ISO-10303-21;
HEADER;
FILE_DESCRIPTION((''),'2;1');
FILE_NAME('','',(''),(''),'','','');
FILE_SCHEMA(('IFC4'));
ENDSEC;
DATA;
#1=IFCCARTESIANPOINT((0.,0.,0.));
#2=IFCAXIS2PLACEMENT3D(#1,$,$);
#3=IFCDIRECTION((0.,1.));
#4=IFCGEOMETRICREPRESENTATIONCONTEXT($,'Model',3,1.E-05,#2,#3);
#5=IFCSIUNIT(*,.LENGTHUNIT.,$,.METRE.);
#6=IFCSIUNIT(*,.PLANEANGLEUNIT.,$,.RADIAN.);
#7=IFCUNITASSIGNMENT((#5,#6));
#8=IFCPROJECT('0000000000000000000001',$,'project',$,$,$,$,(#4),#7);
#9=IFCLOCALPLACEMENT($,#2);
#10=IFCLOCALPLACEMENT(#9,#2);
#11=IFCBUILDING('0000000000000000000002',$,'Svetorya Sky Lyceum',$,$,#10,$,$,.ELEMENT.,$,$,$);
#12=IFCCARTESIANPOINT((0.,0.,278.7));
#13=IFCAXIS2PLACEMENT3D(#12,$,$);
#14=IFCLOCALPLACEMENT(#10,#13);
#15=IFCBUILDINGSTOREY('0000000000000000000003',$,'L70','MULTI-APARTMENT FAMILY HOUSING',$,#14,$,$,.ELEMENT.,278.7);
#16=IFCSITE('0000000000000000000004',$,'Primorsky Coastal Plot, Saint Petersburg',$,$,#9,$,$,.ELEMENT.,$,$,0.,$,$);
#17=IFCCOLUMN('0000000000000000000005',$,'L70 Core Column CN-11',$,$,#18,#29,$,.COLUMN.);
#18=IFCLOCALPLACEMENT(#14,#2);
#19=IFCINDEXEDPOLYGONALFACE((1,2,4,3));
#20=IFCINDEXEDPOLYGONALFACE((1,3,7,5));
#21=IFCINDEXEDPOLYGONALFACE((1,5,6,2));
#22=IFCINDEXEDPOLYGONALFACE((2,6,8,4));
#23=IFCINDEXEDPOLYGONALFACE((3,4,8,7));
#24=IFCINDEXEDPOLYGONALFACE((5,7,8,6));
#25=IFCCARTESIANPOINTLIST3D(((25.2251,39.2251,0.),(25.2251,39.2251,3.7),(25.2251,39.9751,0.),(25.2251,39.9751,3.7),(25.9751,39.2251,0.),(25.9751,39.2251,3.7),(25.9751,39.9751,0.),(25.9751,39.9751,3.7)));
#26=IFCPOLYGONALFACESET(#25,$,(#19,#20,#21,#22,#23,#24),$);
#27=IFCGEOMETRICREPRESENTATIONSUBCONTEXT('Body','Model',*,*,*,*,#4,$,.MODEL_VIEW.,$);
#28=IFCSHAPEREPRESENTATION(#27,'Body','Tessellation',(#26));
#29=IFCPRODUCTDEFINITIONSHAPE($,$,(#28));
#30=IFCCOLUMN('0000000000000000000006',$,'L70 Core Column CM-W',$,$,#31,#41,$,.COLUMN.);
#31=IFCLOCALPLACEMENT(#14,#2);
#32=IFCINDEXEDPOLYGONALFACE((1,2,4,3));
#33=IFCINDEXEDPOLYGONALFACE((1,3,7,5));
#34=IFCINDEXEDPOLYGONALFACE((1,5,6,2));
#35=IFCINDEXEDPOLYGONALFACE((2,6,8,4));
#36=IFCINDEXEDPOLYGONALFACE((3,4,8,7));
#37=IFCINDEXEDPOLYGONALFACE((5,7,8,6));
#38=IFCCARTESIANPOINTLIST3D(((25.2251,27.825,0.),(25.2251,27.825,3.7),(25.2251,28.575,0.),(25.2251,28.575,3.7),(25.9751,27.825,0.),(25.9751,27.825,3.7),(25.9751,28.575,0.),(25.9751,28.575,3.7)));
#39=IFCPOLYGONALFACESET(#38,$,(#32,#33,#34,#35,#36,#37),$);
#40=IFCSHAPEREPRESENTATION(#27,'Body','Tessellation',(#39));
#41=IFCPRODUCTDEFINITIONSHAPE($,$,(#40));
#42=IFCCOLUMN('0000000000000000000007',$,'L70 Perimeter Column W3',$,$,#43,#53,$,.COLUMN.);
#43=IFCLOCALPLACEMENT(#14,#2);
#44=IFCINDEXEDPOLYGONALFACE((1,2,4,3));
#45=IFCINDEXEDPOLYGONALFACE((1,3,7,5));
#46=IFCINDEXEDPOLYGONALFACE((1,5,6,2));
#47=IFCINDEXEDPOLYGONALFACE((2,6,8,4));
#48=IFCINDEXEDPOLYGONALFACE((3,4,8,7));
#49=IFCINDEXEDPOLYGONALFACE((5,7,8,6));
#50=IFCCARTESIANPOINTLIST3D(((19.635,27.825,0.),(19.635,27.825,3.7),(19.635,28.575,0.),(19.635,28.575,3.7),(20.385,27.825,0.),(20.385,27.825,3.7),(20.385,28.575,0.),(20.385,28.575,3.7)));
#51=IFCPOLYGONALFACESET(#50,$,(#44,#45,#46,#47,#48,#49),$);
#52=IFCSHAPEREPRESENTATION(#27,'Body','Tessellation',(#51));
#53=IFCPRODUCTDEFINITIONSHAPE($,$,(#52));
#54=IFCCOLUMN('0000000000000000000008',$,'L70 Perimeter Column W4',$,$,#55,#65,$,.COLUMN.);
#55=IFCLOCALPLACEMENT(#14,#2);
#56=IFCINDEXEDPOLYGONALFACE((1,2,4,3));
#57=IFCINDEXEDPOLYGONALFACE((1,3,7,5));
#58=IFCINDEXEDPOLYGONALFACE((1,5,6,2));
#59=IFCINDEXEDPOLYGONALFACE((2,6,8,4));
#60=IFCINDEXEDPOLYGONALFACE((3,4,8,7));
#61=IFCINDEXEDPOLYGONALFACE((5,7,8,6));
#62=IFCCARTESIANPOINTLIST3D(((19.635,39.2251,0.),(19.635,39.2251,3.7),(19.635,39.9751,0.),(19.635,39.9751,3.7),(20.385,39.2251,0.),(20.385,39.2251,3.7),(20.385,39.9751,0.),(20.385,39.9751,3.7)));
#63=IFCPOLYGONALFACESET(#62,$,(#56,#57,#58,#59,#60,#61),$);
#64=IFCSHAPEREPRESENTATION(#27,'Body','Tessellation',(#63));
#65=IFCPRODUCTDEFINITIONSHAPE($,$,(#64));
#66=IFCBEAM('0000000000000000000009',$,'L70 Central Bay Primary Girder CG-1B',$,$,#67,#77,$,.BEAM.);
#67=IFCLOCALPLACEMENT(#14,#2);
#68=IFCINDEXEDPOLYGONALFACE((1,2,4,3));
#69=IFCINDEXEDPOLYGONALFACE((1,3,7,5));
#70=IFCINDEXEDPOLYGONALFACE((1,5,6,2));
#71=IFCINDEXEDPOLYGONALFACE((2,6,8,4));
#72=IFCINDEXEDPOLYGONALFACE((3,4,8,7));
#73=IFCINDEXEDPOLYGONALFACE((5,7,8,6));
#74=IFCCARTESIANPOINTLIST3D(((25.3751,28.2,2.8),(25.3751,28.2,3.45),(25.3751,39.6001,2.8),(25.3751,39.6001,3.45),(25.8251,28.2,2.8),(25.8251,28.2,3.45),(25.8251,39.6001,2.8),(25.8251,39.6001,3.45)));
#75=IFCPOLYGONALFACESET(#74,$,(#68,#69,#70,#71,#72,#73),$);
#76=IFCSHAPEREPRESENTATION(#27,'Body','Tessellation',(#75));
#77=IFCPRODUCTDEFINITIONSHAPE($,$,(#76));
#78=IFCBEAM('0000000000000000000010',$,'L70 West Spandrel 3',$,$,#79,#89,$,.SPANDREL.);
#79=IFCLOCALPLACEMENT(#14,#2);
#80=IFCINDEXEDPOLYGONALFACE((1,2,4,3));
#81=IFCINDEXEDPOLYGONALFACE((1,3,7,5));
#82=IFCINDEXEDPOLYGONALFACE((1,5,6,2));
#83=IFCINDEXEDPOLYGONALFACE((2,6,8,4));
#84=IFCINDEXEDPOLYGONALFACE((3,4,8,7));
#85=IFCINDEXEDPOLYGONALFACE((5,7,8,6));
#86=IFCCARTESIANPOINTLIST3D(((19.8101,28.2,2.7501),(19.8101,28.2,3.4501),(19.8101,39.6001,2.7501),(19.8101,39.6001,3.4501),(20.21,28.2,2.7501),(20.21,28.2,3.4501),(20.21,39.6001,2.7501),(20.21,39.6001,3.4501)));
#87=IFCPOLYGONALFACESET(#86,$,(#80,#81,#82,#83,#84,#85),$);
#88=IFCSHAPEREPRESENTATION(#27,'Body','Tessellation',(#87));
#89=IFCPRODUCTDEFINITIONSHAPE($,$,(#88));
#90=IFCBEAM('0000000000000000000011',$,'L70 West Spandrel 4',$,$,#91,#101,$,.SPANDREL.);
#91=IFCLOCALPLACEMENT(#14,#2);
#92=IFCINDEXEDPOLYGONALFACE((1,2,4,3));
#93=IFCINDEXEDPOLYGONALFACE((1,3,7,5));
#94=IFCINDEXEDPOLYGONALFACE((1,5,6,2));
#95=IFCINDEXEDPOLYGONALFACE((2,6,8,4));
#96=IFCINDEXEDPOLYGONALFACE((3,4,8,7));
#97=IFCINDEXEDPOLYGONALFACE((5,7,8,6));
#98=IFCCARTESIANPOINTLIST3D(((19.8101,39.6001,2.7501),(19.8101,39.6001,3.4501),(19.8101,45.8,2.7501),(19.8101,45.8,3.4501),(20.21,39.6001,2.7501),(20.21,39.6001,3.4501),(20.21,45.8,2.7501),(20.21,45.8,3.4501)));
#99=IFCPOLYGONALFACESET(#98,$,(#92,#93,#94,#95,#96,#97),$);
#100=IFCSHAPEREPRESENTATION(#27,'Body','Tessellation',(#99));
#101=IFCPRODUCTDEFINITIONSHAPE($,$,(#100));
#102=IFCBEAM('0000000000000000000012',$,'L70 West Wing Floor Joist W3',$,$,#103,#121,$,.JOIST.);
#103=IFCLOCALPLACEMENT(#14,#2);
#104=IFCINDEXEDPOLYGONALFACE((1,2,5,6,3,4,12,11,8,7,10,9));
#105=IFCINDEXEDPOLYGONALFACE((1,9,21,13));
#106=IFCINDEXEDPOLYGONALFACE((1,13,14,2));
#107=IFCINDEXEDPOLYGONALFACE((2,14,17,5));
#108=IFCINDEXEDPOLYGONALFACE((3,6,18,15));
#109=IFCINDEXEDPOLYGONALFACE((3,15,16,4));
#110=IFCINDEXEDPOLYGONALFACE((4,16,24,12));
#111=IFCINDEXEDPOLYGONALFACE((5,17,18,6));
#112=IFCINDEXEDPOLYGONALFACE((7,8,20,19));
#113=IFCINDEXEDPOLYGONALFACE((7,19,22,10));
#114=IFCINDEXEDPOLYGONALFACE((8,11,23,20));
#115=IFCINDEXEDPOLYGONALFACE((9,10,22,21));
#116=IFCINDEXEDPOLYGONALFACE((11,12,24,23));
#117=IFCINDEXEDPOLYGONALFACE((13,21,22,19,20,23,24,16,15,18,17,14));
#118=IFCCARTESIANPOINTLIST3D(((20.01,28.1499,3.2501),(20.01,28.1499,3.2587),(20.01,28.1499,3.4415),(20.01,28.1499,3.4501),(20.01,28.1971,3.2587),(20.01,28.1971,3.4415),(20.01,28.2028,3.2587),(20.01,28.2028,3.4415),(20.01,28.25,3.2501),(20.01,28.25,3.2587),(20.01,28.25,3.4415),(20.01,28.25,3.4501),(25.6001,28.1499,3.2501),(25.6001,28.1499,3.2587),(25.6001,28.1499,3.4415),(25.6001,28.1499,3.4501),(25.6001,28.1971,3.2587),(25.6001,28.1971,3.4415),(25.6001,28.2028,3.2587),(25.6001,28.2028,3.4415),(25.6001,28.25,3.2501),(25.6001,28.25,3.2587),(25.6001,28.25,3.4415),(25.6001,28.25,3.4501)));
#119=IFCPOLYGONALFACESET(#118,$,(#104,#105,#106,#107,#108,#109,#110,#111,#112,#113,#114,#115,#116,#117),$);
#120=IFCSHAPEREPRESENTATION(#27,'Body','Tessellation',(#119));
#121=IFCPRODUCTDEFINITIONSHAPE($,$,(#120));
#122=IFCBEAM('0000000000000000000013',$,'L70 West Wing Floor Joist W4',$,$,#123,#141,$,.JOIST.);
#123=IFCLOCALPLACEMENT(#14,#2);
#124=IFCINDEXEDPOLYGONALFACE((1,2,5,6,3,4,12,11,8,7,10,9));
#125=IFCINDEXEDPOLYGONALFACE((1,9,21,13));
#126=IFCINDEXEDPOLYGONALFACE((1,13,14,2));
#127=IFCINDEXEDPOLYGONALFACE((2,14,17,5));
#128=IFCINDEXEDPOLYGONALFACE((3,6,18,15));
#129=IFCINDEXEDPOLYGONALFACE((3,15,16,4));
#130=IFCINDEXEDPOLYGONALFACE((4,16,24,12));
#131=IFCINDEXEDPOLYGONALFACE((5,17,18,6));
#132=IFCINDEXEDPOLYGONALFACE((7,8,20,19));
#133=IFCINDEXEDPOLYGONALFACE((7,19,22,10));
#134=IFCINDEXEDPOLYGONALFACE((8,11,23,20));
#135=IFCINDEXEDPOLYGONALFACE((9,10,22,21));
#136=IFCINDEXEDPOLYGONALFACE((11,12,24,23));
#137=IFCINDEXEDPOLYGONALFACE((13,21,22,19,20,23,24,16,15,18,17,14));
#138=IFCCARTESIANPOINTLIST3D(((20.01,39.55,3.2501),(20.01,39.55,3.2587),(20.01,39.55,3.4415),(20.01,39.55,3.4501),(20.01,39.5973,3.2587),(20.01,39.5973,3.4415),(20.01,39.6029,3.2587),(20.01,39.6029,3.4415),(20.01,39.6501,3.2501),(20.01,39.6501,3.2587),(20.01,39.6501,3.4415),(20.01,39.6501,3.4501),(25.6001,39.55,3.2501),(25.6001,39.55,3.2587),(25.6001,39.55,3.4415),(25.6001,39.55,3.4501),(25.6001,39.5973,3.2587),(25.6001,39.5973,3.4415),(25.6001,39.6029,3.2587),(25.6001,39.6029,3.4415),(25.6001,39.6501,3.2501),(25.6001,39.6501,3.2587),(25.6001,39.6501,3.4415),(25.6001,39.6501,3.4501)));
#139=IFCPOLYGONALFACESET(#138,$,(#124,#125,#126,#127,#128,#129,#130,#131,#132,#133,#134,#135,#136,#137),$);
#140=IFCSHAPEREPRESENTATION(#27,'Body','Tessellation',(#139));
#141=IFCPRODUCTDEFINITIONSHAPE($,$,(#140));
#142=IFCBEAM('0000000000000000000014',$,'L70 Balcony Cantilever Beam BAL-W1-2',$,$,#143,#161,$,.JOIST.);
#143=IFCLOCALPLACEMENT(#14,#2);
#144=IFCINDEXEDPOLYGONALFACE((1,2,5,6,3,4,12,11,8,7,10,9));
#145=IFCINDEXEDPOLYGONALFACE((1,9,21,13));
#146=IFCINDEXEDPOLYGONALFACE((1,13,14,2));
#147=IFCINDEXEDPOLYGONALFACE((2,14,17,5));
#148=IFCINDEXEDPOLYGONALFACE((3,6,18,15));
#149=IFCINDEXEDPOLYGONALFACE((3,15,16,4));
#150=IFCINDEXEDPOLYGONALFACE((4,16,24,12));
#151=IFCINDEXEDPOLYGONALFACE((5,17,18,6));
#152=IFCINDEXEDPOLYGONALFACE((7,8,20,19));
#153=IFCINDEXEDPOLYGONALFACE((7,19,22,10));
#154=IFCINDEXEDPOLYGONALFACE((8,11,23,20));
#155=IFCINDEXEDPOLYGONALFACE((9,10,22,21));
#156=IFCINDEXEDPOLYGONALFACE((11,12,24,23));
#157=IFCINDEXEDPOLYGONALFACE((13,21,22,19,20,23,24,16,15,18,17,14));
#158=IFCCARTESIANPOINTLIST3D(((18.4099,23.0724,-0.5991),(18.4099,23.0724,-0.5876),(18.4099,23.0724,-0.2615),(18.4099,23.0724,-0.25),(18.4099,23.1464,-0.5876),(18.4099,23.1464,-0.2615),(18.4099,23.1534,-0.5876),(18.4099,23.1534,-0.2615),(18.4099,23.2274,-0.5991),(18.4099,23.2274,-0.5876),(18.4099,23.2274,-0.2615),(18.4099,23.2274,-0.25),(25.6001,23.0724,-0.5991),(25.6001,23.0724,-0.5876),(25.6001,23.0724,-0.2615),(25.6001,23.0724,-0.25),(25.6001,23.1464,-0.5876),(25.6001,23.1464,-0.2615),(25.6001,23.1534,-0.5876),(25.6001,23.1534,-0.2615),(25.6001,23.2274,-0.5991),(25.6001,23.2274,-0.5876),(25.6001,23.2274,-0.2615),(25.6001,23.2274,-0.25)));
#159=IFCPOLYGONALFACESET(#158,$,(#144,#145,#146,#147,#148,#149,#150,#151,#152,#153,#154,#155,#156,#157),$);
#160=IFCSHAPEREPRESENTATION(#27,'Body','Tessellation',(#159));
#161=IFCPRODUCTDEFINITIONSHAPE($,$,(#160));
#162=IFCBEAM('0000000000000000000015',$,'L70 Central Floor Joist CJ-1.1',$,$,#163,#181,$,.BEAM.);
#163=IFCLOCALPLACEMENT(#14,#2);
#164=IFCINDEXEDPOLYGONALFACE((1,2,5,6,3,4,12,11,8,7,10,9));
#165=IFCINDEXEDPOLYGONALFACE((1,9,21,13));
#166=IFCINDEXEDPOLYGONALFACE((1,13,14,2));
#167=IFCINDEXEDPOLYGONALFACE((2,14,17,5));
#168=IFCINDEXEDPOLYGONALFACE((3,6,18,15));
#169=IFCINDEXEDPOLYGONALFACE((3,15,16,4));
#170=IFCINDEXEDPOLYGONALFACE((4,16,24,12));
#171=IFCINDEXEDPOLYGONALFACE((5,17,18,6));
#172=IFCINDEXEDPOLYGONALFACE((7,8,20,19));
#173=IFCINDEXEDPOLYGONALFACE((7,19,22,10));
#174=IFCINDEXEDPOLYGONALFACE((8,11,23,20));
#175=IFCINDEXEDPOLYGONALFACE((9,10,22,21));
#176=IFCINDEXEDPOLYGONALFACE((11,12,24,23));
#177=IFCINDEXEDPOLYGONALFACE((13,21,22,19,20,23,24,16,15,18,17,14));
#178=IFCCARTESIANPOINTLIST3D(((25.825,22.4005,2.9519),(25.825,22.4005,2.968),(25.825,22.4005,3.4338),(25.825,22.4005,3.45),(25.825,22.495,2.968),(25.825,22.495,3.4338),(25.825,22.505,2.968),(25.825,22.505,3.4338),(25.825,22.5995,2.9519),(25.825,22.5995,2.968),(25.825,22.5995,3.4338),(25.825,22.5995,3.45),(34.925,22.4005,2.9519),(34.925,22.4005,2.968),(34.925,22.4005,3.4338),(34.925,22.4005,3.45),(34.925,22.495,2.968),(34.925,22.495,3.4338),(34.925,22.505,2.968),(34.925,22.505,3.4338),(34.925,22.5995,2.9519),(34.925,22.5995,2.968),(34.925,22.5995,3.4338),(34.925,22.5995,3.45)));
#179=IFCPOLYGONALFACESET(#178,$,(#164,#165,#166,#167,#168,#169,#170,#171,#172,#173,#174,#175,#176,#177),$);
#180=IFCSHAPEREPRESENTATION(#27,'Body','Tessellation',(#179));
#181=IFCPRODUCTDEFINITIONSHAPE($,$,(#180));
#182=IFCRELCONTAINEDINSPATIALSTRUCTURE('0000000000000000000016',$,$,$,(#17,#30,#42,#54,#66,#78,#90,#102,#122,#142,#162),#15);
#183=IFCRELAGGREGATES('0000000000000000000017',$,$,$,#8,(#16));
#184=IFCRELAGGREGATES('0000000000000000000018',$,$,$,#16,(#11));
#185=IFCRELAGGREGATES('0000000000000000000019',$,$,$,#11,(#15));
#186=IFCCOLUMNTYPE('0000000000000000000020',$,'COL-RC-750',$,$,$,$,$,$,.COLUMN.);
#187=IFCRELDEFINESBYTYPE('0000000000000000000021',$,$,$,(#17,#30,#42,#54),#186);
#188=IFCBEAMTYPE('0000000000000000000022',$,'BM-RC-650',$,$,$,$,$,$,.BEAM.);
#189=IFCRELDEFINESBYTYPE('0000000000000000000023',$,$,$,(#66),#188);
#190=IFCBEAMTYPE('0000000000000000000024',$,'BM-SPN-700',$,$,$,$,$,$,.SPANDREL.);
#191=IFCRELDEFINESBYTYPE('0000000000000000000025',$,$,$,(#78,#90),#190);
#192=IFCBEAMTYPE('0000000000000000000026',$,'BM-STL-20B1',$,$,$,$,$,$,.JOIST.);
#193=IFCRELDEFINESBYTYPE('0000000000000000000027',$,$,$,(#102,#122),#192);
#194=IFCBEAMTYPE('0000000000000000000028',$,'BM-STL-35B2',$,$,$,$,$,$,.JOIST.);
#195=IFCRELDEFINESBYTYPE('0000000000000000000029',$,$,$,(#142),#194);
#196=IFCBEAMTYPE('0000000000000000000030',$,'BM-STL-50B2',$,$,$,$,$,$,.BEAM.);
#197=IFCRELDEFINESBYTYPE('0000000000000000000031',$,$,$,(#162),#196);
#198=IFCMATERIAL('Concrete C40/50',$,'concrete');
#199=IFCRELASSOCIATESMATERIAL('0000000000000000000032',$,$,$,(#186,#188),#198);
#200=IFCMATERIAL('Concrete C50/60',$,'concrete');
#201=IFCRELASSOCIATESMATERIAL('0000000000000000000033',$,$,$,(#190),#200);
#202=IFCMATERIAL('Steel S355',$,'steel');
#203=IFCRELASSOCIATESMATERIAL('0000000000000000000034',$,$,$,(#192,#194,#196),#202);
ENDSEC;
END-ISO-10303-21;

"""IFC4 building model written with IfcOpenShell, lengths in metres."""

from ifc_helpers import new_model, si_unit, direction, frame, origin, origin_2d, place, context, subcontext, project, spatial, rectangle, i_section, extrude, material, material_profile, profile_set, type_object, element, save


model = new_model("IFC4")

# Units and contexts
model_context = context("Model", 3, precision=1e-05, world=origin(), true_north=direction((0.0, 1.0)))
body_context = subcontext(model_context, "Body", "Model", "MODEL_VIEW")
ifc_project = project(units=[si_unit("LENGTHUNIT", "METRE"), si_unit("PLANEANGLEUNIT", "RADIAN")], contexts=[model_context])

# Site, building, storey
site_placement = place(None, origin())
site = spatial("IfcSite", under=ifc_project, at=site_placement, Name="Primorsky Coastal Plot, Saint Petersburg", CompositionType="ELEMENT", RefElevation=0.0)
building_placement = place(site_placement, origin())
building = spatial("IfcBuilding", under=site, at=building_placement, Name="Svetorya Sky Lyceum", CompositionType="ELEMENT")
storey_placement = place(building_placement, frame((0.0, 0.0, 278.7)))
storey = spatial("IfcBuildingStorey", under=building, at=storey_placement, Name="L70", Description="MULTI-APARTMENT FAMILY HOUSING", CompositionType="ELEMENT", Elevation=278.7)

# Columns
ifc_material_1 = material(Name="Concrete C40/50", Category="concrete")
ifc_material_profile_1 = material_profile(ifc_material_1, rectangle(XDim=0.75, YDim=0.75, at=origin_2d()), Name="RC COL 750x750")
ifc_profile_set_1 = profile_set([ifc_material_profile_1], Name="Concrete C40/50")
column_type = type_object("IfcColumnType", Name="COL-RC-750", PredefinedType="COLUMN", material=ifc_profile_set_1)
for number, where, z_axis, x_axis, name in (
    (1, (25.6001, 39.6001, 0.0), (0.0, 0.0, 1.0), (1.0, 0.0, 0.0), "L70 Core Column CN-11"),
    (2, (25.6001, 28.2, 0.0), (0.0, 0.0, 1.0), (1.0, 0.0, 0.0), "L70 Core Column CM-W"),
    (3, (20.01, 28.2, 0.0), (0.0, 0.0, 1.0), (1.0, 0.0, 0.0), "L70 Perimeter Column W3"),
    (4, (20.01, 39.6001, 0.0), (0.0, 0.0, 1.0), (1.0, 0.0, 0.0), "L70 Perimeter Column W4"),
):
    element("IfcColumn", number, at=place(storey_placement, frame(where, z_axis=z_axis, x_axis=x_axis)), inside=storey, type_object=column_type, Name=name, PredefinedType="COLUMN", context=body_context, shape_type="SweptSolid", body=[
        extrude(rectangle(XDim=0.75, YDim=0.75, at=origin_2d()), origin(), (0.0, 0.0, 1.0), 3.7),
    ])

# Beams
ifc_material_profile_2 = material_profile(ifc_material_1, rectangle(XDim=0.45, YDim=0.6499, at=origin_2d()), Name="RC BEAM 450x650")
ifc_profile_set_2 = profile_set([ifc_material_profile_2], Name="Concrete C40/50")
beam_type_1 = type_object("IfcBeamType", Name="BM-RC-650", PredefinedType="BEAM", material=ifc_profile_set_2)
beam_1_placement = place(storey_placement, frame((25.6001, 28.2, 3.125), z_axis=(0.0, 1.0, 0.0), x_axis=(-1.0, 0.0, 0.0)))
element("IfcBeam", 5, at=beam_1_placement, inside=storey, type_object=beam_type_1, Name="L70 Central Bay Primary Girder CG-1B", PredefinedType="BEAM", context=body_context, shape_type="SweptSolid", body=[
    extrude(rectangle(XDim=0.45, YDim=0.6499, at=origin_2d()), origin(), (0.0, 0.0, 1.0), 11.4001),
])
ifc_material_2 = material(Name="Concrete C50/60", Category="concrete")
ifc_material_profile_3 = material_profile(ifc_material_2, rectangle(XDim=0.3999, YDim=0.7, at=origin_2d()), Name="RC SPANDREL 400x700")
ifc_profile_set_3 = profile_set([ifc_material_profile_3], Name="Concrete C50/60")
beam_type_2 = type_object("IfcBeamType", Name="BM-SPN-700", PredefinedType="SPANDREL", material=ifc_profile_set_3)
beam_2_placement = place(storey_placement, frame((20.01, 28.2, 3.1001), z_axis=(0.0, 1.0, 0.0), x_axis=(-1.0, 0.0, 0.0)))
element("IfcBeam", 6, at=beam_2_placement, inside=storey, type_object=beam_type_2, Name="L70 West Spandrel 3", PredefinedType="SPANDREL", context=body_context, shape_type="SweptSolid", body=[
    extrude(rectangle(XDim=0.3999, YDim=0.7, at=origin_2d()), origin(), (0.0, 0.0, 1.0), 11.4001),
])
beam_3_placement = place(storey_placement, frame((20.01, 39.6001, 3.1001), z_axis=(0.0, 1.0, 0.0), x_axis=(-1.0, 0.0, 0.0)))
element("IfcBeam", 7, at=beam_3_placement, inside=storey, type_object=beam_type_2, Name="L70 West Spandrel 4", PredefinedType="SPANDREL", context=body_context, shape_type="SweptSolid", body=[
    extrude(rectangle(XDim=0.3999, YDim=0.7, at=origin_2d()), origin(), (0.0, 0.0, 1.0), 6.2),
])
ifc_material_3 = material(Name="Steel S355", Category="steel")
ifc_material_profile_4 = material_profile(ifc_material_3, i_section(OverallWidth=0.1001, OverallDepth=0.2, WebThickness=0.0056, FlangeThickness=0.0085, at=origin_2d()), Name="GOST 20B1")
ifc_profile_set_4 = profile_set([ifc_material_profile_4], Name="Steel S355")
beam_type_3 = type_object("IfcBeamType", Name="BM-STL-20B1", PredefinedType="JOIST", material=ifc_profile_set_4)
for number, where, z_axis, x_axis, name in (
    (8, (20.01, 28.2, 3.3501), (1.0, 0.0, 0.0), (0.0, 1.0, 0.0), "L70 West Wing Floor Joist W3"),
    (9, (20.01, 39.6001, 3.3501), (1.0, 0.0, 0.0), (0.0, 1.0, 0.0), "L70 West Wing Floor Joist W4"),
):
    element("IfcBeam", number, at=place(storey_placement, frame(where, z_axis=z_axis, x_axis=x_axis)), inside=storey, type_object=beam_type_3, Name=name, PredefinedType="JOIST", context=body_context, shape_type="SweptSolid", body=[
        extrude(i_section(OverallWidth=0.1001, OverallDepth=0.2, WebThickness=0.0056, FlangeThickness=0.0085, at=origin_2d()), origin(), (0.0, 0.0, 1.0), 5.5901),
    ])
ifc_material_profile_5 = material_profile(ifc_material_3, i_section(OverallWidth=0.155, OverallDepth=0.3491, WebThickness=0.0071, FlangeThickness=0.0115, at=origin_2d()), Name="GOST 35B2")
ifc_profile_set_5 = profile_set([ifc_material_profile_5], Name="Steel S355")
beam_type_4 = type_object("IfcBeamType", Name="BM-STL-35B2", PredefinedType="JOIST", material=ifc_profile_set_5)
beam_4_placement = place(storey_placement, frame((25.6001, 23.1499, -0.4246), z_axis=(-1.0, 0.0, 0.0), x_axis=(0.0, -1.0, 0.0)))
element("IfcBeam", 10, at=beam_4_placement, inside=storey, type_object=beam_type_4, Name="L70 Balcony Cantilever Beam BAL-W1-2", PredefinedType="JOIST", context=body_context, shape_type="SweptSolid", body=[
    extrude(i_section(OverallWidth=0.155, OverallDepth=0.3491, WebThickness=0.0071, FlangeThickness=0.0115, at=origin_2d()), origin(), (0.0, 0.0, 1.0), 7.1902),
])
ifc_material_profile_6 = material_profile(ifc_material_3, i_section(OverallWidth=0.199, OverallDepth=0.498, WebThickness=0.01, FlangeThickness=0.0161, at=origin_2d()), Name="GOST 50B2")
ifc_profile_set_6 = profile_set([ifc_material_profile_6], Name="Steel S355")
beam_type_5 = type_object("IfcBeamType", Name="BM-STL-50B2", PredefinedType="BEAM", material=ifc_profile_set_6)
for number, where, z_axis, x_axis, name in (
    (11, (25.825, 22.5, 3.2009), (1.0, 0.0, 0.0), (0.0, 1.0, 0.0), "L70 Central Floor Joist CJ-1.1"),
):
    element("IfcBeam", number, at=place(storey_placement, frame(where, z_axis=z_axis, x_axis=x_axis)), inside=storey, type_object=beam_type_5, Name=name, PredefinedType="BEAM", context=body_context, shape_type="SweptSolid", body=[
        extrude(i_section(OverallWidth=0.199, OverallDepth=0.498, WebThickness=0.01, FlangeThickness=0.0161, at=origin_2d()), origin(), (0.0, 0.0, 1.0), 9.1001),
    ])

save(model, "model.ifc")
